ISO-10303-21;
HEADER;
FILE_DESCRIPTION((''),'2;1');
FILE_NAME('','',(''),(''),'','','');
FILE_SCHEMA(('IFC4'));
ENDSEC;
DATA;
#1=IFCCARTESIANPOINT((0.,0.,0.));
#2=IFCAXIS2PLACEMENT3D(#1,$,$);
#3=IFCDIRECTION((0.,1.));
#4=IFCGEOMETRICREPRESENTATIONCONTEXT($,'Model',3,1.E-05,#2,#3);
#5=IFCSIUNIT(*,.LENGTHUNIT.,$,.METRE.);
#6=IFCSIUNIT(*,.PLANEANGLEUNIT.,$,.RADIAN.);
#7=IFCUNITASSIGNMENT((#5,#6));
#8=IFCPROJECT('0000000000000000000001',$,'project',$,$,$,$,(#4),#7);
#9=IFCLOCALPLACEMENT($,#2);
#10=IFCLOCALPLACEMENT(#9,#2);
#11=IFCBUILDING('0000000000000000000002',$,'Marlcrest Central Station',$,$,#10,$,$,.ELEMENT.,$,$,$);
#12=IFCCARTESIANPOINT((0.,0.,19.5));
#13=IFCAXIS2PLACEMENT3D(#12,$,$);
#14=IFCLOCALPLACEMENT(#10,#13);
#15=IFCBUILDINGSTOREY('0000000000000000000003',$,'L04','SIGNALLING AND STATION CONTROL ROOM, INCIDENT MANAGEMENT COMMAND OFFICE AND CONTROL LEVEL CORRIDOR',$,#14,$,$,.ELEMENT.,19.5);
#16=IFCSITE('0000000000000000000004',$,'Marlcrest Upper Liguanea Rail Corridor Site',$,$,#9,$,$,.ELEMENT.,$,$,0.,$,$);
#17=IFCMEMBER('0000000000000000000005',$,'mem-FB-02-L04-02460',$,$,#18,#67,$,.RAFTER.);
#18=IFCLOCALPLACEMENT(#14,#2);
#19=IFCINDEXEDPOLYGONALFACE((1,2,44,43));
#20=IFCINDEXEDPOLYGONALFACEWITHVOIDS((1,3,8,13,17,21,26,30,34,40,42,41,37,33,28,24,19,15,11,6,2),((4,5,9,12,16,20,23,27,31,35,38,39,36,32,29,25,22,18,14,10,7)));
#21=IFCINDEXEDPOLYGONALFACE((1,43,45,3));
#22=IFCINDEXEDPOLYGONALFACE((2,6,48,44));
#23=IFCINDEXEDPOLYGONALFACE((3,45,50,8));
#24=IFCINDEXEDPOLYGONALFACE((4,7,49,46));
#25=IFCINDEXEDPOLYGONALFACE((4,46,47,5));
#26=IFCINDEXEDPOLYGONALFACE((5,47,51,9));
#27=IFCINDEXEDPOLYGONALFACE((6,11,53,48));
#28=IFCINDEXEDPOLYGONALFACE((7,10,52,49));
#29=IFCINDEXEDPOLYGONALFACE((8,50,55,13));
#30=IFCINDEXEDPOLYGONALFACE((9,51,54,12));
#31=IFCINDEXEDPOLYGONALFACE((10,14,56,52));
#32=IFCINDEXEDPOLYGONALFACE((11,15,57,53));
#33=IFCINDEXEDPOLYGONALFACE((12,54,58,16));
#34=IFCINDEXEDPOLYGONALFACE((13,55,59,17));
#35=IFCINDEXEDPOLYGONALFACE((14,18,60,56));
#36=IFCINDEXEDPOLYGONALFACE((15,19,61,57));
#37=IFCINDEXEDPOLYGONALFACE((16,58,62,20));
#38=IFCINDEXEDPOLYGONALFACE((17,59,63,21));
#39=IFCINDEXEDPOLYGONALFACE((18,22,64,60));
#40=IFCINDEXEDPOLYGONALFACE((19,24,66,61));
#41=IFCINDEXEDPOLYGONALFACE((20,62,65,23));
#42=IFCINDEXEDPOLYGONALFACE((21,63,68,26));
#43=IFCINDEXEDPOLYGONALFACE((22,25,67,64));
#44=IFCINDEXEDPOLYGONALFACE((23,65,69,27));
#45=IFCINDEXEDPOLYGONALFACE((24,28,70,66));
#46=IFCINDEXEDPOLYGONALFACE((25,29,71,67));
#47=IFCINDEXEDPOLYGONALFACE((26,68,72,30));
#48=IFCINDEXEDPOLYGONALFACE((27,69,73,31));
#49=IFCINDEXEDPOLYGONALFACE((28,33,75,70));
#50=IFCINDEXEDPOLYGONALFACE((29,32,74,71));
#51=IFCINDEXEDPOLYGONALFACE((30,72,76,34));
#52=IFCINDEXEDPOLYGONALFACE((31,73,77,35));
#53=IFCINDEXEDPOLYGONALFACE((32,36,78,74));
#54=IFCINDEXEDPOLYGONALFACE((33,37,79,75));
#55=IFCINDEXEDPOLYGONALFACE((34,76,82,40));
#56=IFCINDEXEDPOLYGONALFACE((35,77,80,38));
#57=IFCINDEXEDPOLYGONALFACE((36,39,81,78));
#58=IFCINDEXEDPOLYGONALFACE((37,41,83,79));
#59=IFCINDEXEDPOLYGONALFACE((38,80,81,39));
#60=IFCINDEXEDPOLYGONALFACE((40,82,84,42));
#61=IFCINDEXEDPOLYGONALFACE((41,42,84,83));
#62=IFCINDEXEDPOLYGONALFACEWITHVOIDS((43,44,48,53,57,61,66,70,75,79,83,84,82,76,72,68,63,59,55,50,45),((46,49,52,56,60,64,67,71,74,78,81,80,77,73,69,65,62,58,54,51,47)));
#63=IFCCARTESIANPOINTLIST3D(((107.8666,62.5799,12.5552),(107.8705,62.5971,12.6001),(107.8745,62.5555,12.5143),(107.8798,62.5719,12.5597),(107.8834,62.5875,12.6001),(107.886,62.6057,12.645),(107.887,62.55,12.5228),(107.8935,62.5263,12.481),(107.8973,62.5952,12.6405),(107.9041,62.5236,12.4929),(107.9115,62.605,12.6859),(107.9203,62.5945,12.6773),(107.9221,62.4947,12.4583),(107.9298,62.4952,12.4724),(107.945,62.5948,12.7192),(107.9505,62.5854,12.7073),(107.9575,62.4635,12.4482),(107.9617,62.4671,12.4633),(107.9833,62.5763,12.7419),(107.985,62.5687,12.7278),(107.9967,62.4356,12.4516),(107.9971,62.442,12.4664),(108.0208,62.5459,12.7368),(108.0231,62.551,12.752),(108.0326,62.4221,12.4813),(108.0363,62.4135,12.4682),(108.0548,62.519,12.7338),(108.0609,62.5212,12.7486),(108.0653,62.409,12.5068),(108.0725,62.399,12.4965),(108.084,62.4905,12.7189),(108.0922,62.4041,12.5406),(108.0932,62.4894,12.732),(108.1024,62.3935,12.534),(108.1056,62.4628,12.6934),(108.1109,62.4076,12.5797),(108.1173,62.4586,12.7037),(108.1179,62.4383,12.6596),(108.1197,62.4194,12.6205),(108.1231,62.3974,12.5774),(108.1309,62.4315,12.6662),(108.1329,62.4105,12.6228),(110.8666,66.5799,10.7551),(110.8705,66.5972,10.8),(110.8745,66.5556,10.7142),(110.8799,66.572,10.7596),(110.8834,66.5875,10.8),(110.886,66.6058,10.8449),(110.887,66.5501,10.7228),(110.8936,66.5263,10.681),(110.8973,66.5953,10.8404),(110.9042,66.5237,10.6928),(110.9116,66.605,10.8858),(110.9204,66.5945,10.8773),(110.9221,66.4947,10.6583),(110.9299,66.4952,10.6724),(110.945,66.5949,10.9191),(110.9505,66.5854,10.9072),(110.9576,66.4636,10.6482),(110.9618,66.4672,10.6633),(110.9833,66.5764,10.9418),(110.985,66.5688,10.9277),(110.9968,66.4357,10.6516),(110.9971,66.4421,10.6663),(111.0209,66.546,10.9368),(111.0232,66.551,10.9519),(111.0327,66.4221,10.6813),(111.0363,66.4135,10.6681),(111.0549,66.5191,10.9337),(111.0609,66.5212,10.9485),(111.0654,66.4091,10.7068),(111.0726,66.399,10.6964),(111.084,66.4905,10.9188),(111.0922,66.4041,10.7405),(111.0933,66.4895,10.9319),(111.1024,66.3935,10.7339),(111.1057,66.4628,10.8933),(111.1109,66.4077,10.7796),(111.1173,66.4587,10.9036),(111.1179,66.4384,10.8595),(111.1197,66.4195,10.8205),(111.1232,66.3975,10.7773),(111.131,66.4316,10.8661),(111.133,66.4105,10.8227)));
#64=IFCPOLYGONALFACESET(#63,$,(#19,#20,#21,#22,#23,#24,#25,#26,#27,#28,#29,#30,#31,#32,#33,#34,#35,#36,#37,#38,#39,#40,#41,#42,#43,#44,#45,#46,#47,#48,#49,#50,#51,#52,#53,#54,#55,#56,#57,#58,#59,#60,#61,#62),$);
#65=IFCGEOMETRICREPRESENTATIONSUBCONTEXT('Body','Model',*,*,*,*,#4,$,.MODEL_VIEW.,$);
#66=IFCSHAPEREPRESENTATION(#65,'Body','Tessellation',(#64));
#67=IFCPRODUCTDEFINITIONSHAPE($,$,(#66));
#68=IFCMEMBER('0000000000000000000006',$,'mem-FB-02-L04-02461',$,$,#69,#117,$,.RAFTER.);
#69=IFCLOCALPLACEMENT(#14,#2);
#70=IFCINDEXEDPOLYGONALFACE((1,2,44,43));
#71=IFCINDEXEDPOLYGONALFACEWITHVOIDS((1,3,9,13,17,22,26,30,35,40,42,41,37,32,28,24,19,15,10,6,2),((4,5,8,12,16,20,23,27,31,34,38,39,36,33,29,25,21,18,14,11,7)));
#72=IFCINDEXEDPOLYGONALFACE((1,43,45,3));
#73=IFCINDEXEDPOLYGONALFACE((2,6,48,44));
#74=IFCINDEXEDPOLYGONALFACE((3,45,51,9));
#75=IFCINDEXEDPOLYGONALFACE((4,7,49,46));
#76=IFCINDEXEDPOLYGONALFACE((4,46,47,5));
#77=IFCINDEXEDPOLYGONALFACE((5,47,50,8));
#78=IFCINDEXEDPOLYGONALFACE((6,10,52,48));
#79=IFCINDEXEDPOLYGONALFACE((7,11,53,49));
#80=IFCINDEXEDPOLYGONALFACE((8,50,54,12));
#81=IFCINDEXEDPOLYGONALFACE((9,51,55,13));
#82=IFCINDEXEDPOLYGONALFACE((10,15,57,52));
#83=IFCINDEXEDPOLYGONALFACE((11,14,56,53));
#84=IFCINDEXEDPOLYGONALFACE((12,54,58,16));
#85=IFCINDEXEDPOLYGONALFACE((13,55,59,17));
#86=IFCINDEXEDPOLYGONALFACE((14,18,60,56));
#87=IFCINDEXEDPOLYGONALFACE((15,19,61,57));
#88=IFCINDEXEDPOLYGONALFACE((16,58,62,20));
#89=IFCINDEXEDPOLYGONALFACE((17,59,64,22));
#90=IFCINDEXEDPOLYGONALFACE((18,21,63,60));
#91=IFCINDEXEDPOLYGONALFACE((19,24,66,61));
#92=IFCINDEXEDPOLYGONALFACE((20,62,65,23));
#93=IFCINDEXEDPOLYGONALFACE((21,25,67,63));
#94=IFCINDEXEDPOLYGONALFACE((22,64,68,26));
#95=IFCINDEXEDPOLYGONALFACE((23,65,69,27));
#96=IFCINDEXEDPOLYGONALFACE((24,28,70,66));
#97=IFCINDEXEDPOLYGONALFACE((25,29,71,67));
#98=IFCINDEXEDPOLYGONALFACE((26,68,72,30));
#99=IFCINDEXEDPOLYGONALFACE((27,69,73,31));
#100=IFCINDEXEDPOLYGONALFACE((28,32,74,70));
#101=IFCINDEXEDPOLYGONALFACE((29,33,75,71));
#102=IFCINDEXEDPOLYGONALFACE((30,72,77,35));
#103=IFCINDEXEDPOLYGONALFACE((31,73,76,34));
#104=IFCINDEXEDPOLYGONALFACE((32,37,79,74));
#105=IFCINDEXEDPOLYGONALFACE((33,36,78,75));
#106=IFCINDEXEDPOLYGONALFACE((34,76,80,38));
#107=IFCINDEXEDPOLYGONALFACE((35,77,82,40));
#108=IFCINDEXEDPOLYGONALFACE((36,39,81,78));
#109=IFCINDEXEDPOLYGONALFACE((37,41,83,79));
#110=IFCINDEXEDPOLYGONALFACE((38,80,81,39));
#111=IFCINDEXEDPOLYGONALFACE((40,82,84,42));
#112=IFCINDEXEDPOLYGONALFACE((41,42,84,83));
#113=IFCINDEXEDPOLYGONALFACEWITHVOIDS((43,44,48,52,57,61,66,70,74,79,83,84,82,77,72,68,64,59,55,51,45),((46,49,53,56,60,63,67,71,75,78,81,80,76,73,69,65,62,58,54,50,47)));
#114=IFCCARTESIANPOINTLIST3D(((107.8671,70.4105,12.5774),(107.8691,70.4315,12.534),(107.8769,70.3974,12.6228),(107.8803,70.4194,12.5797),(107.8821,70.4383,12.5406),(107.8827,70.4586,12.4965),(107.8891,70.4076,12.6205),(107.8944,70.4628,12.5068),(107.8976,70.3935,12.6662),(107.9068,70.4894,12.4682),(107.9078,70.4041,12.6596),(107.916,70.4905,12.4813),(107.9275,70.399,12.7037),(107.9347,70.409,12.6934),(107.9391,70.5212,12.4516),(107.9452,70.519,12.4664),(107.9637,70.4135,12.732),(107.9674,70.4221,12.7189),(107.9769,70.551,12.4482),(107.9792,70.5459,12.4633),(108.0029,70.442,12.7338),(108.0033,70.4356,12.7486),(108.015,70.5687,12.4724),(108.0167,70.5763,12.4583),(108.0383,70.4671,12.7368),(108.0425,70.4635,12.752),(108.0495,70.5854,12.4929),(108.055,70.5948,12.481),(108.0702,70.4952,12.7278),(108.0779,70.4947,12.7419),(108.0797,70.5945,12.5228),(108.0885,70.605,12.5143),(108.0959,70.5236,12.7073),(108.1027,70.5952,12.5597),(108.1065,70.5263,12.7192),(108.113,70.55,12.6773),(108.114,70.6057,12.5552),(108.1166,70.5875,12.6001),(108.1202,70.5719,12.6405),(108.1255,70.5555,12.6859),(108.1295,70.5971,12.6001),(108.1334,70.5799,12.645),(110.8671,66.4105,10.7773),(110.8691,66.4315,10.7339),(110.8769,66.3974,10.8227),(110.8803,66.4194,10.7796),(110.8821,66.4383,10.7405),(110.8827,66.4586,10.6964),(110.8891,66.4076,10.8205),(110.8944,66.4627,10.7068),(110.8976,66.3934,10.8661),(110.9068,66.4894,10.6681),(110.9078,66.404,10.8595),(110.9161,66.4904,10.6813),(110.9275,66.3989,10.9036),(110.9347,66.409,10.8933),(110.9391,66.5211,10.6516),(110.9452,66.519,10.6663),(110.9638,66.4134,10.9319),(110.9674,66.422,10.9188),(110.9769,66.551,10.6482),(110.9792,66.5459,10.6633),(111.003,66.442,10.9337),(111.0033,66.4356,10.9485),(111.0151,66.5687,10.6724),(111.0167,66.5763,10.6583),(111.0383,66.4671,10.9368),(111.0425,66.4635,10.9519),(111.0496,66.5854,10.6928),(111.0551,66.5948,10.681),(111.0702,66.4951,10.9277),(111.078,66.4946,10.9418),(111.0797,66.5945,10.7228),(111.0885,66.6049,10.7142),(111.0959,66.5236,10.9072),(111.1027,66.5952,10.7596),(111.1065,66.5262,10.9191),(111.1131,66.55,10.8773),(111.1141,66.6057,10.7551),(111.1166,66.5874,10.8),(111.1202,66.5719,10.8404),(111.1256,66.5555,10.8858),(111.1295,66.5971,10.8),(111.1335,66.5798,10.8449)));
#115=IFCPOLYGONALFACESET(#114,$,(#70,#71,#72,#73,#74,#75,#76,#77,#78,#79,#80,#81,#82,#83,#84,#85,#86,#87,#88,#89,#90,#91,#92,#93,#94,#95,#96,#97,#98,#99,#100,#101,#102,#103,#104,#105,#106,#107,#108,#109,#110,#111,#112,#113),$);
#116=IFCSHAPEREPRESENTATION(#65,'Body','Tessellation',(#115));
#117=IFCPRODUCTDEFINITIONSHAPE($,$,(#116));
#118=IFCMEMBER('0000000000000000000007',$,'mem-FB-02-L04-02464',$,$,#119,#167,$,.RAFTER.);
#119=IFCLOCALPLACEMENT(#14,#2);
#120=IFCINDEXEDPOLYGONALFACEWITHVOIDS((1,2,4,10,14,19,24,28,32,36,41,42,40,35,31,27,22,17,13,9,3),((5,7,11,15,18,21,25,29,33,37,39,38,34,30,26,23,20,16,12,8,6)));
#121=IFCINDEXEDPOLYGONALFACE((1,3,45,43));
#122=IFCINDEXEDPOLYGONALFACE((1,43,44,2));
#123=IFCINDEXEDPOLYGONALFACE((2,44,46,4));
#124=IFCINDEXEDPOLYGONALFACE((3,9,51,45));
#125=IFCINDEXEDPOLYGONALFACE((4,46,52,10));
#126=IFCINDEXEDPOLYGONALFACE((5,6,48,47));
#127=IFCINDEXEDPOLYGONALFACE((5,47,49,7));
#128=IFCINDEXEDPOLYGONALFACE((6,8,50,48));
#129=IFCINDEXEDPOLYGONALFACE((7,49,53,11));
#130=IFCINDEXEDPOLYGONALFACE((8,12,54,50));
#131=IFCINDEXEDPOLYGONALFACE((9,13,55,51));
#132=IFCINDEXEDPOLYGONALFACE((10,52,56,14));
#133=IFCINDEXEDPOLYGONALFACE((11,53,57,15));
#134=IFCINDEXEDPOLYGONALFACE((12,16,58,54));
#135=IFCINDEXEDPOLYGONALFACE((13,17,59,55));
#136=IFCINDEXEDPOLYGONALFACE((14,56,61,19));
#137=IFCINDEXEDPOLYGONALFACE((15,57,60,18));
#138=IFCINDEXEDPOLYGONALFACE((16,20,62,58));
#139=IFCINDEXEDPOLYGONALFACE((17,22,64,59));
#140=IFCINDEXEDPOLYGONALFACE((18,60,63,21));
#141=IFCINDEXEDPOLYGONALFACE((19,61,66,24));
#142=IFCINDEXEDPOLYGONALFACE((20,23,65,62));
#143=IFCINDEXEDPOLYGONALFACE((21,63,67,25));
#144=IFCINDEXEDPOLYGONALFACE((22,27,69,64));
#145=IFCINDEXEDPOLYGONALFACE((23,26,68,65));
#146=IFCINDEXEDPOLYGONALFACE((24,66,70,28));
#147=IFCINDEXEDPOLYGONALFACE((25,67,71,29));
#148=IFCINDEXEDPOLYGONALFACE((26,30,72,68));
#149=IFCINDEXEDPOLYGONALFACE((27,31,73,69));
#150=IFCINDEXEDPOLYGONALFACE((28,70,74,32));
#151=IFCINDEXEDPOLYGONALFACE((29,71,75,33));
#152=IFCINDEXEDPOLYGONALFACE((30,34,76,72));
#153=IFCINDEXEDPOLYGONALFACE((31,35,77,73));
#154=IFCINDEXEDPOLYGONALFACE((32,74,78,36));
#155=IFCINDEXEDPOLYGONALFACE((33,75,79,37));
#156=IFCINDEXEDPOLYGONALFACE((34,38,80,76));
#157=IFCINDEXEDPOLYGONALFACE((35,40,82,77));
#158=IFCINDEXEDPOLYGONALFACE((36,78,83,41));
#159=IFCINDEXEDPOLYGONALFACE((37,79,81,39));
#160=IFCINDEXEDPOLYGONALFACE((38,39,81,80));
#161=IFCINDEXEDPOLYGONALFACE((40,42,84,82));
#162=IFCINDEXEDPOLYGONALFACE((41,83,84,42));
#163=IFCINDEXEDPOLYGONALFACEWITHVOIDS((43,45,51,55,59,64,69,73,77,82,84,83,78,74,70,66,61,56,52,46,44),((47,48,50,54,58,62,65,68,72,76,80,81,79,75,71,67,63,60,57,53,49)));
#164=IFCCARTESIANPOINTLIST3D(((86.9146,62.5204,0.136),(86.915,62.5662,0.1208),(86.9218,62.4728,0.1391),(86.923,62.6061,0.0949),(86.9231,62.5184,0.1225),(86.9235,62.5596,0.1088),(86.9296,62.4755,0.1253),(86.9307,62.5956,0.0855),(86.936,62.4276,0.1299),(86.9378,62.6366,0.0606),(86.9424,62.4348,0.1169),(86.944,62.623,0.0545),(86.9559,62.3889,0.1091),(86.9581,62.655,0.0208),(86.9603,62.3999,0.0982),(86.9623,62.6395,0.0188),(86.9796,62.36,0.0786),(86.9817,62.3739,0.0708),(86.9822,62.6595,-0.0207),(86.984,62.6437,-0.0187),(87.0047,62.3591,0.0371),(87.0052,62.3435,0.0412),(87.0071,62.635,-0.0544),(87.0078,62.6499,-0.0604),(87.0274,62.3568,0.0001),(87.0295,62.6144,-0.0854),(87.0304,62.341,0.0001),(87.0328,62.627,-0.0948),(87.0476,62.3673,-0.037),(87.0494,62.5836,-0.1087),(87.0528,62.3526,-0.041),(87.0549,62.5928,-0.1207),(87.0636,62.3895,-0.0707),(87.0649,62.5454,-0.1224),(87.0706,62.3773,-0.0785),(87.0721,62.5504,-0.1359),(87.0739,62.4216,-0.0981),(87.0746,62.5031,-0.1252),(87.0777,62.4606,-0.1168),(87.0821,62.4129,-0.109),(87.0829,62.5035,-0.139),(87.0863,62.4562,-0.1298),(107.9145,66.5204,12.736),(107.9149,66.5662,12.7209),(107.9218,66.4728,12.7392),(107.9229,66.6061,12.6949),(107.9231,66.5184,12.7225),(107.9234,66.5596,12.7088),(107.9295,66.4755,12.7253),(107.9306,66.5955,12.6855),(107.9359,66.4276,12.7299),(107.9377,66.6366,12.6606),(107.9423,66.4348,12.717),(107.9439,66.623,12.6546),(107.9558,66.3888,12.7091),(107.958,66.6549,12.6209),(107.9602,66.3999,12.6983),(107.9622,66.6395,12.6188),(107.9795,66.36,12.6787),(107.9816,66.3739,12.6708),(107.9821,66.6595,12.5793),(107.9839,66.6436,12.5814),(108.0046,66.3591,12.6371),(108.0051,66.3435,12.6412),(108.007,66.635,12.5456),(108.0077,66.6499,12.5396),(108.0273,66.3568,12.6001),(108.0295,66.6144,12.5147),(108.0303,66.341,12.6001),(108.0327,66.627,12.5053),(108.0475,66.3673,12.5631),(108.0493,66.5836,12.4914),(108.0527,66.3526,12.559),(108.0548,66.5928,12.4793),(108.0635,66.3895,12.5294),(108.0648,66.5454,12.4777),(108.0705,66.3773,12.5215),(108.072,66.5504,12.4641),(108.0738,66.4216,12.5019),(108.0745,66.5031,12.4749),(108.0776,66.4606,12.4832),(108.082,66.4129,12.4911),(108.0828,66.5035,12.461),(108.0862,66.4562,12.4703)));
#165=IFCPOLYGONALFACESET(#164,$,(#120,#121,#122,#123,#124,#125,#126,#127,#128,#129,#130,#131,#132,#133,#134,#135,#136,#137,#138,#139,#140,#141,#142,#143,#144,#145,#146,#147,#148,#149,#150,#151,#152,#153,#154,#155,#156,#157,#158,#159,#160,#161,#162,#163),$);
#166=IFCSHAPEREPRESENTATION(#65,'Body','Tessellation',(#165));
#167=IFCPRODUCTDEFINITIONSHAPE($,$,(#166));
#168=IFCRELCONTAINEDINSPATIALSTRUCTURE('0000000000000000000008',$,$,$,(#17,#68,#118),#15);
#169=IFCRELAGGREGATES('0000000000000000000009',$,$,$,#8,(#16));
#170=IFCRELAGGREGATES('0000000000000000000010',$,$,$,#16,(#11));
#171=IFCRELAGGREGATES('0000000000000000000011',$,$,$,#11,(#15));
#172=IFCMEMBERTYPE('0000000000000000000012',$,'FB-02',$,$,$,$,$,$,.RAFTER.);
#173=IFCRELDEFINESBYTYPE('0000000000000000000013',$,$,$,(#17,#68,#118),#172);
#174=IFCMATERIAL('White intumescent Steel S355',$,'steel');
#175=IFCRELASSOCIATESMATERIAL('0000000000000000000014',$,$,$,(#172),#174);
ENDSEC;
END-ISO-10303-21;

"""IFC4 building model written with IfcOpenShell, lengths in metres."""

from ifc_helpers import new_model, si_unit, direction, frame, origin, origin_2d, place, context, subcontext, project, spatial, hollow_circle, extrude, material, material_profile, profile_set, type_object, element, save


model = new_model("IFC4")

# Units and contexts
model_context = context("Model", 3, precision=1e-05, world=origin(), true_north=direction((0.0, 1.0)))
body_context = subcontext(model_context, "Body", "Model", "MODEL_VIEW")
ifc_project = project(units=[si_unit("LENGTHUNIT", "METRE"), si_unit("PLANEANGLEUNIT", "RADIAN")], contexts=[model_context])

# Site, building, storey
site_placement = place(None, origin())
site = spatial("IfcSite", under=ifc_project, at=site_placement, Name="Marlcrest Upper Liguanea Rail Corridor Site", CompositionType="ELEMENT", RefElevation=0.0)
building_placement = place(site_placement, origin())
building = spatial("IfcBuilding", under=site, at=building_placement, Name="Marlcrest Central Station", CompositionType="ELEMENT")
storey_placement = place(building_placement, frame((0.0, 0.0, 19.5)))
storey = spatial("IfcBuildingStorey", under=building, at=storey_placement, Name="L04", Description="SIGNALLING AND STATION CONTROL ROOM, INCIDENT MANAGEMENT COMMAND OFFICE AND CONTROL LEVEL CORRIDOR", CompositionType="ELEMENT", Elevation=19.5)

# Members
ifc_material_1 = material(Name="White intumescent Steel S355", Category="steel")
ifc_material_profile_1 = material_profile(ifc_material_1, hollow_circle(Radius=0.1619, WallThickness=0.0161, at=origin_2d()), Name="CHS 323.9x16")
ifc_profile_set_1 = profile_set([ifc_material_profile_1], Name="White intumescent Steel S355")
member_type_1 = type_object("IfcMemberType", Name="FB-02", PredefinedType="RAFTER", material=ifc_profile_set_1)
for number, where, z_axis, x_axis, name in (
    (1, (108.0, 62.5, 12.6001), (0.564531, 0.752708, -0.338728), (-0.8, 0.6, 0.0), "mem-FB-02-L04-02460"),
    (2, (108.0, 70.5, 12.6001), (0.564531, -0.752708, -0.338728), (0.8, 0.6, 0.0), "mem-FB-02-L04-02461"),
):
    element("IfcMember", number, at=place(storey_placement, frame(where, z_axis=z_axis, x_axis=x_axis)), inside=storey, type_object=member_type_1, Name=name, PredefinedType="RAFTER", context=body_context, shape_type="SweptSolid", body=[
        extrude(hollow_circle(Radius=0.1619, WallThickness=0.0161, at=origin_2d()), origin(), (0.0, 0.0, 1.0), 5.3142),
    ])
for number, where, z_axis, x_axis, name in (
    (3, (108.0, 66.5, 12.6001), (-0.846277, -0.161196, -0.50777), (0.187112, -0.982339, 0.0), "mem-FB-02-L04-02464"),
):
    element("IfcMember", number, at=place(storey_placement, frame(where, z_axis=z_axis, x_axis=x_axis)), inside=storey, type_object=member_type_1, Name=name, PredefinedType="RAFTER", context=body_context, shape_type="SweptSolid", body=[
        extrude(hollow_circle(Radius=0.1619, WallThickness=0.0161, at=origin_2d()), origin(), (0.0, 0.0, 1.0), 24.8145),
    ])

save(model, "model.ifc")
